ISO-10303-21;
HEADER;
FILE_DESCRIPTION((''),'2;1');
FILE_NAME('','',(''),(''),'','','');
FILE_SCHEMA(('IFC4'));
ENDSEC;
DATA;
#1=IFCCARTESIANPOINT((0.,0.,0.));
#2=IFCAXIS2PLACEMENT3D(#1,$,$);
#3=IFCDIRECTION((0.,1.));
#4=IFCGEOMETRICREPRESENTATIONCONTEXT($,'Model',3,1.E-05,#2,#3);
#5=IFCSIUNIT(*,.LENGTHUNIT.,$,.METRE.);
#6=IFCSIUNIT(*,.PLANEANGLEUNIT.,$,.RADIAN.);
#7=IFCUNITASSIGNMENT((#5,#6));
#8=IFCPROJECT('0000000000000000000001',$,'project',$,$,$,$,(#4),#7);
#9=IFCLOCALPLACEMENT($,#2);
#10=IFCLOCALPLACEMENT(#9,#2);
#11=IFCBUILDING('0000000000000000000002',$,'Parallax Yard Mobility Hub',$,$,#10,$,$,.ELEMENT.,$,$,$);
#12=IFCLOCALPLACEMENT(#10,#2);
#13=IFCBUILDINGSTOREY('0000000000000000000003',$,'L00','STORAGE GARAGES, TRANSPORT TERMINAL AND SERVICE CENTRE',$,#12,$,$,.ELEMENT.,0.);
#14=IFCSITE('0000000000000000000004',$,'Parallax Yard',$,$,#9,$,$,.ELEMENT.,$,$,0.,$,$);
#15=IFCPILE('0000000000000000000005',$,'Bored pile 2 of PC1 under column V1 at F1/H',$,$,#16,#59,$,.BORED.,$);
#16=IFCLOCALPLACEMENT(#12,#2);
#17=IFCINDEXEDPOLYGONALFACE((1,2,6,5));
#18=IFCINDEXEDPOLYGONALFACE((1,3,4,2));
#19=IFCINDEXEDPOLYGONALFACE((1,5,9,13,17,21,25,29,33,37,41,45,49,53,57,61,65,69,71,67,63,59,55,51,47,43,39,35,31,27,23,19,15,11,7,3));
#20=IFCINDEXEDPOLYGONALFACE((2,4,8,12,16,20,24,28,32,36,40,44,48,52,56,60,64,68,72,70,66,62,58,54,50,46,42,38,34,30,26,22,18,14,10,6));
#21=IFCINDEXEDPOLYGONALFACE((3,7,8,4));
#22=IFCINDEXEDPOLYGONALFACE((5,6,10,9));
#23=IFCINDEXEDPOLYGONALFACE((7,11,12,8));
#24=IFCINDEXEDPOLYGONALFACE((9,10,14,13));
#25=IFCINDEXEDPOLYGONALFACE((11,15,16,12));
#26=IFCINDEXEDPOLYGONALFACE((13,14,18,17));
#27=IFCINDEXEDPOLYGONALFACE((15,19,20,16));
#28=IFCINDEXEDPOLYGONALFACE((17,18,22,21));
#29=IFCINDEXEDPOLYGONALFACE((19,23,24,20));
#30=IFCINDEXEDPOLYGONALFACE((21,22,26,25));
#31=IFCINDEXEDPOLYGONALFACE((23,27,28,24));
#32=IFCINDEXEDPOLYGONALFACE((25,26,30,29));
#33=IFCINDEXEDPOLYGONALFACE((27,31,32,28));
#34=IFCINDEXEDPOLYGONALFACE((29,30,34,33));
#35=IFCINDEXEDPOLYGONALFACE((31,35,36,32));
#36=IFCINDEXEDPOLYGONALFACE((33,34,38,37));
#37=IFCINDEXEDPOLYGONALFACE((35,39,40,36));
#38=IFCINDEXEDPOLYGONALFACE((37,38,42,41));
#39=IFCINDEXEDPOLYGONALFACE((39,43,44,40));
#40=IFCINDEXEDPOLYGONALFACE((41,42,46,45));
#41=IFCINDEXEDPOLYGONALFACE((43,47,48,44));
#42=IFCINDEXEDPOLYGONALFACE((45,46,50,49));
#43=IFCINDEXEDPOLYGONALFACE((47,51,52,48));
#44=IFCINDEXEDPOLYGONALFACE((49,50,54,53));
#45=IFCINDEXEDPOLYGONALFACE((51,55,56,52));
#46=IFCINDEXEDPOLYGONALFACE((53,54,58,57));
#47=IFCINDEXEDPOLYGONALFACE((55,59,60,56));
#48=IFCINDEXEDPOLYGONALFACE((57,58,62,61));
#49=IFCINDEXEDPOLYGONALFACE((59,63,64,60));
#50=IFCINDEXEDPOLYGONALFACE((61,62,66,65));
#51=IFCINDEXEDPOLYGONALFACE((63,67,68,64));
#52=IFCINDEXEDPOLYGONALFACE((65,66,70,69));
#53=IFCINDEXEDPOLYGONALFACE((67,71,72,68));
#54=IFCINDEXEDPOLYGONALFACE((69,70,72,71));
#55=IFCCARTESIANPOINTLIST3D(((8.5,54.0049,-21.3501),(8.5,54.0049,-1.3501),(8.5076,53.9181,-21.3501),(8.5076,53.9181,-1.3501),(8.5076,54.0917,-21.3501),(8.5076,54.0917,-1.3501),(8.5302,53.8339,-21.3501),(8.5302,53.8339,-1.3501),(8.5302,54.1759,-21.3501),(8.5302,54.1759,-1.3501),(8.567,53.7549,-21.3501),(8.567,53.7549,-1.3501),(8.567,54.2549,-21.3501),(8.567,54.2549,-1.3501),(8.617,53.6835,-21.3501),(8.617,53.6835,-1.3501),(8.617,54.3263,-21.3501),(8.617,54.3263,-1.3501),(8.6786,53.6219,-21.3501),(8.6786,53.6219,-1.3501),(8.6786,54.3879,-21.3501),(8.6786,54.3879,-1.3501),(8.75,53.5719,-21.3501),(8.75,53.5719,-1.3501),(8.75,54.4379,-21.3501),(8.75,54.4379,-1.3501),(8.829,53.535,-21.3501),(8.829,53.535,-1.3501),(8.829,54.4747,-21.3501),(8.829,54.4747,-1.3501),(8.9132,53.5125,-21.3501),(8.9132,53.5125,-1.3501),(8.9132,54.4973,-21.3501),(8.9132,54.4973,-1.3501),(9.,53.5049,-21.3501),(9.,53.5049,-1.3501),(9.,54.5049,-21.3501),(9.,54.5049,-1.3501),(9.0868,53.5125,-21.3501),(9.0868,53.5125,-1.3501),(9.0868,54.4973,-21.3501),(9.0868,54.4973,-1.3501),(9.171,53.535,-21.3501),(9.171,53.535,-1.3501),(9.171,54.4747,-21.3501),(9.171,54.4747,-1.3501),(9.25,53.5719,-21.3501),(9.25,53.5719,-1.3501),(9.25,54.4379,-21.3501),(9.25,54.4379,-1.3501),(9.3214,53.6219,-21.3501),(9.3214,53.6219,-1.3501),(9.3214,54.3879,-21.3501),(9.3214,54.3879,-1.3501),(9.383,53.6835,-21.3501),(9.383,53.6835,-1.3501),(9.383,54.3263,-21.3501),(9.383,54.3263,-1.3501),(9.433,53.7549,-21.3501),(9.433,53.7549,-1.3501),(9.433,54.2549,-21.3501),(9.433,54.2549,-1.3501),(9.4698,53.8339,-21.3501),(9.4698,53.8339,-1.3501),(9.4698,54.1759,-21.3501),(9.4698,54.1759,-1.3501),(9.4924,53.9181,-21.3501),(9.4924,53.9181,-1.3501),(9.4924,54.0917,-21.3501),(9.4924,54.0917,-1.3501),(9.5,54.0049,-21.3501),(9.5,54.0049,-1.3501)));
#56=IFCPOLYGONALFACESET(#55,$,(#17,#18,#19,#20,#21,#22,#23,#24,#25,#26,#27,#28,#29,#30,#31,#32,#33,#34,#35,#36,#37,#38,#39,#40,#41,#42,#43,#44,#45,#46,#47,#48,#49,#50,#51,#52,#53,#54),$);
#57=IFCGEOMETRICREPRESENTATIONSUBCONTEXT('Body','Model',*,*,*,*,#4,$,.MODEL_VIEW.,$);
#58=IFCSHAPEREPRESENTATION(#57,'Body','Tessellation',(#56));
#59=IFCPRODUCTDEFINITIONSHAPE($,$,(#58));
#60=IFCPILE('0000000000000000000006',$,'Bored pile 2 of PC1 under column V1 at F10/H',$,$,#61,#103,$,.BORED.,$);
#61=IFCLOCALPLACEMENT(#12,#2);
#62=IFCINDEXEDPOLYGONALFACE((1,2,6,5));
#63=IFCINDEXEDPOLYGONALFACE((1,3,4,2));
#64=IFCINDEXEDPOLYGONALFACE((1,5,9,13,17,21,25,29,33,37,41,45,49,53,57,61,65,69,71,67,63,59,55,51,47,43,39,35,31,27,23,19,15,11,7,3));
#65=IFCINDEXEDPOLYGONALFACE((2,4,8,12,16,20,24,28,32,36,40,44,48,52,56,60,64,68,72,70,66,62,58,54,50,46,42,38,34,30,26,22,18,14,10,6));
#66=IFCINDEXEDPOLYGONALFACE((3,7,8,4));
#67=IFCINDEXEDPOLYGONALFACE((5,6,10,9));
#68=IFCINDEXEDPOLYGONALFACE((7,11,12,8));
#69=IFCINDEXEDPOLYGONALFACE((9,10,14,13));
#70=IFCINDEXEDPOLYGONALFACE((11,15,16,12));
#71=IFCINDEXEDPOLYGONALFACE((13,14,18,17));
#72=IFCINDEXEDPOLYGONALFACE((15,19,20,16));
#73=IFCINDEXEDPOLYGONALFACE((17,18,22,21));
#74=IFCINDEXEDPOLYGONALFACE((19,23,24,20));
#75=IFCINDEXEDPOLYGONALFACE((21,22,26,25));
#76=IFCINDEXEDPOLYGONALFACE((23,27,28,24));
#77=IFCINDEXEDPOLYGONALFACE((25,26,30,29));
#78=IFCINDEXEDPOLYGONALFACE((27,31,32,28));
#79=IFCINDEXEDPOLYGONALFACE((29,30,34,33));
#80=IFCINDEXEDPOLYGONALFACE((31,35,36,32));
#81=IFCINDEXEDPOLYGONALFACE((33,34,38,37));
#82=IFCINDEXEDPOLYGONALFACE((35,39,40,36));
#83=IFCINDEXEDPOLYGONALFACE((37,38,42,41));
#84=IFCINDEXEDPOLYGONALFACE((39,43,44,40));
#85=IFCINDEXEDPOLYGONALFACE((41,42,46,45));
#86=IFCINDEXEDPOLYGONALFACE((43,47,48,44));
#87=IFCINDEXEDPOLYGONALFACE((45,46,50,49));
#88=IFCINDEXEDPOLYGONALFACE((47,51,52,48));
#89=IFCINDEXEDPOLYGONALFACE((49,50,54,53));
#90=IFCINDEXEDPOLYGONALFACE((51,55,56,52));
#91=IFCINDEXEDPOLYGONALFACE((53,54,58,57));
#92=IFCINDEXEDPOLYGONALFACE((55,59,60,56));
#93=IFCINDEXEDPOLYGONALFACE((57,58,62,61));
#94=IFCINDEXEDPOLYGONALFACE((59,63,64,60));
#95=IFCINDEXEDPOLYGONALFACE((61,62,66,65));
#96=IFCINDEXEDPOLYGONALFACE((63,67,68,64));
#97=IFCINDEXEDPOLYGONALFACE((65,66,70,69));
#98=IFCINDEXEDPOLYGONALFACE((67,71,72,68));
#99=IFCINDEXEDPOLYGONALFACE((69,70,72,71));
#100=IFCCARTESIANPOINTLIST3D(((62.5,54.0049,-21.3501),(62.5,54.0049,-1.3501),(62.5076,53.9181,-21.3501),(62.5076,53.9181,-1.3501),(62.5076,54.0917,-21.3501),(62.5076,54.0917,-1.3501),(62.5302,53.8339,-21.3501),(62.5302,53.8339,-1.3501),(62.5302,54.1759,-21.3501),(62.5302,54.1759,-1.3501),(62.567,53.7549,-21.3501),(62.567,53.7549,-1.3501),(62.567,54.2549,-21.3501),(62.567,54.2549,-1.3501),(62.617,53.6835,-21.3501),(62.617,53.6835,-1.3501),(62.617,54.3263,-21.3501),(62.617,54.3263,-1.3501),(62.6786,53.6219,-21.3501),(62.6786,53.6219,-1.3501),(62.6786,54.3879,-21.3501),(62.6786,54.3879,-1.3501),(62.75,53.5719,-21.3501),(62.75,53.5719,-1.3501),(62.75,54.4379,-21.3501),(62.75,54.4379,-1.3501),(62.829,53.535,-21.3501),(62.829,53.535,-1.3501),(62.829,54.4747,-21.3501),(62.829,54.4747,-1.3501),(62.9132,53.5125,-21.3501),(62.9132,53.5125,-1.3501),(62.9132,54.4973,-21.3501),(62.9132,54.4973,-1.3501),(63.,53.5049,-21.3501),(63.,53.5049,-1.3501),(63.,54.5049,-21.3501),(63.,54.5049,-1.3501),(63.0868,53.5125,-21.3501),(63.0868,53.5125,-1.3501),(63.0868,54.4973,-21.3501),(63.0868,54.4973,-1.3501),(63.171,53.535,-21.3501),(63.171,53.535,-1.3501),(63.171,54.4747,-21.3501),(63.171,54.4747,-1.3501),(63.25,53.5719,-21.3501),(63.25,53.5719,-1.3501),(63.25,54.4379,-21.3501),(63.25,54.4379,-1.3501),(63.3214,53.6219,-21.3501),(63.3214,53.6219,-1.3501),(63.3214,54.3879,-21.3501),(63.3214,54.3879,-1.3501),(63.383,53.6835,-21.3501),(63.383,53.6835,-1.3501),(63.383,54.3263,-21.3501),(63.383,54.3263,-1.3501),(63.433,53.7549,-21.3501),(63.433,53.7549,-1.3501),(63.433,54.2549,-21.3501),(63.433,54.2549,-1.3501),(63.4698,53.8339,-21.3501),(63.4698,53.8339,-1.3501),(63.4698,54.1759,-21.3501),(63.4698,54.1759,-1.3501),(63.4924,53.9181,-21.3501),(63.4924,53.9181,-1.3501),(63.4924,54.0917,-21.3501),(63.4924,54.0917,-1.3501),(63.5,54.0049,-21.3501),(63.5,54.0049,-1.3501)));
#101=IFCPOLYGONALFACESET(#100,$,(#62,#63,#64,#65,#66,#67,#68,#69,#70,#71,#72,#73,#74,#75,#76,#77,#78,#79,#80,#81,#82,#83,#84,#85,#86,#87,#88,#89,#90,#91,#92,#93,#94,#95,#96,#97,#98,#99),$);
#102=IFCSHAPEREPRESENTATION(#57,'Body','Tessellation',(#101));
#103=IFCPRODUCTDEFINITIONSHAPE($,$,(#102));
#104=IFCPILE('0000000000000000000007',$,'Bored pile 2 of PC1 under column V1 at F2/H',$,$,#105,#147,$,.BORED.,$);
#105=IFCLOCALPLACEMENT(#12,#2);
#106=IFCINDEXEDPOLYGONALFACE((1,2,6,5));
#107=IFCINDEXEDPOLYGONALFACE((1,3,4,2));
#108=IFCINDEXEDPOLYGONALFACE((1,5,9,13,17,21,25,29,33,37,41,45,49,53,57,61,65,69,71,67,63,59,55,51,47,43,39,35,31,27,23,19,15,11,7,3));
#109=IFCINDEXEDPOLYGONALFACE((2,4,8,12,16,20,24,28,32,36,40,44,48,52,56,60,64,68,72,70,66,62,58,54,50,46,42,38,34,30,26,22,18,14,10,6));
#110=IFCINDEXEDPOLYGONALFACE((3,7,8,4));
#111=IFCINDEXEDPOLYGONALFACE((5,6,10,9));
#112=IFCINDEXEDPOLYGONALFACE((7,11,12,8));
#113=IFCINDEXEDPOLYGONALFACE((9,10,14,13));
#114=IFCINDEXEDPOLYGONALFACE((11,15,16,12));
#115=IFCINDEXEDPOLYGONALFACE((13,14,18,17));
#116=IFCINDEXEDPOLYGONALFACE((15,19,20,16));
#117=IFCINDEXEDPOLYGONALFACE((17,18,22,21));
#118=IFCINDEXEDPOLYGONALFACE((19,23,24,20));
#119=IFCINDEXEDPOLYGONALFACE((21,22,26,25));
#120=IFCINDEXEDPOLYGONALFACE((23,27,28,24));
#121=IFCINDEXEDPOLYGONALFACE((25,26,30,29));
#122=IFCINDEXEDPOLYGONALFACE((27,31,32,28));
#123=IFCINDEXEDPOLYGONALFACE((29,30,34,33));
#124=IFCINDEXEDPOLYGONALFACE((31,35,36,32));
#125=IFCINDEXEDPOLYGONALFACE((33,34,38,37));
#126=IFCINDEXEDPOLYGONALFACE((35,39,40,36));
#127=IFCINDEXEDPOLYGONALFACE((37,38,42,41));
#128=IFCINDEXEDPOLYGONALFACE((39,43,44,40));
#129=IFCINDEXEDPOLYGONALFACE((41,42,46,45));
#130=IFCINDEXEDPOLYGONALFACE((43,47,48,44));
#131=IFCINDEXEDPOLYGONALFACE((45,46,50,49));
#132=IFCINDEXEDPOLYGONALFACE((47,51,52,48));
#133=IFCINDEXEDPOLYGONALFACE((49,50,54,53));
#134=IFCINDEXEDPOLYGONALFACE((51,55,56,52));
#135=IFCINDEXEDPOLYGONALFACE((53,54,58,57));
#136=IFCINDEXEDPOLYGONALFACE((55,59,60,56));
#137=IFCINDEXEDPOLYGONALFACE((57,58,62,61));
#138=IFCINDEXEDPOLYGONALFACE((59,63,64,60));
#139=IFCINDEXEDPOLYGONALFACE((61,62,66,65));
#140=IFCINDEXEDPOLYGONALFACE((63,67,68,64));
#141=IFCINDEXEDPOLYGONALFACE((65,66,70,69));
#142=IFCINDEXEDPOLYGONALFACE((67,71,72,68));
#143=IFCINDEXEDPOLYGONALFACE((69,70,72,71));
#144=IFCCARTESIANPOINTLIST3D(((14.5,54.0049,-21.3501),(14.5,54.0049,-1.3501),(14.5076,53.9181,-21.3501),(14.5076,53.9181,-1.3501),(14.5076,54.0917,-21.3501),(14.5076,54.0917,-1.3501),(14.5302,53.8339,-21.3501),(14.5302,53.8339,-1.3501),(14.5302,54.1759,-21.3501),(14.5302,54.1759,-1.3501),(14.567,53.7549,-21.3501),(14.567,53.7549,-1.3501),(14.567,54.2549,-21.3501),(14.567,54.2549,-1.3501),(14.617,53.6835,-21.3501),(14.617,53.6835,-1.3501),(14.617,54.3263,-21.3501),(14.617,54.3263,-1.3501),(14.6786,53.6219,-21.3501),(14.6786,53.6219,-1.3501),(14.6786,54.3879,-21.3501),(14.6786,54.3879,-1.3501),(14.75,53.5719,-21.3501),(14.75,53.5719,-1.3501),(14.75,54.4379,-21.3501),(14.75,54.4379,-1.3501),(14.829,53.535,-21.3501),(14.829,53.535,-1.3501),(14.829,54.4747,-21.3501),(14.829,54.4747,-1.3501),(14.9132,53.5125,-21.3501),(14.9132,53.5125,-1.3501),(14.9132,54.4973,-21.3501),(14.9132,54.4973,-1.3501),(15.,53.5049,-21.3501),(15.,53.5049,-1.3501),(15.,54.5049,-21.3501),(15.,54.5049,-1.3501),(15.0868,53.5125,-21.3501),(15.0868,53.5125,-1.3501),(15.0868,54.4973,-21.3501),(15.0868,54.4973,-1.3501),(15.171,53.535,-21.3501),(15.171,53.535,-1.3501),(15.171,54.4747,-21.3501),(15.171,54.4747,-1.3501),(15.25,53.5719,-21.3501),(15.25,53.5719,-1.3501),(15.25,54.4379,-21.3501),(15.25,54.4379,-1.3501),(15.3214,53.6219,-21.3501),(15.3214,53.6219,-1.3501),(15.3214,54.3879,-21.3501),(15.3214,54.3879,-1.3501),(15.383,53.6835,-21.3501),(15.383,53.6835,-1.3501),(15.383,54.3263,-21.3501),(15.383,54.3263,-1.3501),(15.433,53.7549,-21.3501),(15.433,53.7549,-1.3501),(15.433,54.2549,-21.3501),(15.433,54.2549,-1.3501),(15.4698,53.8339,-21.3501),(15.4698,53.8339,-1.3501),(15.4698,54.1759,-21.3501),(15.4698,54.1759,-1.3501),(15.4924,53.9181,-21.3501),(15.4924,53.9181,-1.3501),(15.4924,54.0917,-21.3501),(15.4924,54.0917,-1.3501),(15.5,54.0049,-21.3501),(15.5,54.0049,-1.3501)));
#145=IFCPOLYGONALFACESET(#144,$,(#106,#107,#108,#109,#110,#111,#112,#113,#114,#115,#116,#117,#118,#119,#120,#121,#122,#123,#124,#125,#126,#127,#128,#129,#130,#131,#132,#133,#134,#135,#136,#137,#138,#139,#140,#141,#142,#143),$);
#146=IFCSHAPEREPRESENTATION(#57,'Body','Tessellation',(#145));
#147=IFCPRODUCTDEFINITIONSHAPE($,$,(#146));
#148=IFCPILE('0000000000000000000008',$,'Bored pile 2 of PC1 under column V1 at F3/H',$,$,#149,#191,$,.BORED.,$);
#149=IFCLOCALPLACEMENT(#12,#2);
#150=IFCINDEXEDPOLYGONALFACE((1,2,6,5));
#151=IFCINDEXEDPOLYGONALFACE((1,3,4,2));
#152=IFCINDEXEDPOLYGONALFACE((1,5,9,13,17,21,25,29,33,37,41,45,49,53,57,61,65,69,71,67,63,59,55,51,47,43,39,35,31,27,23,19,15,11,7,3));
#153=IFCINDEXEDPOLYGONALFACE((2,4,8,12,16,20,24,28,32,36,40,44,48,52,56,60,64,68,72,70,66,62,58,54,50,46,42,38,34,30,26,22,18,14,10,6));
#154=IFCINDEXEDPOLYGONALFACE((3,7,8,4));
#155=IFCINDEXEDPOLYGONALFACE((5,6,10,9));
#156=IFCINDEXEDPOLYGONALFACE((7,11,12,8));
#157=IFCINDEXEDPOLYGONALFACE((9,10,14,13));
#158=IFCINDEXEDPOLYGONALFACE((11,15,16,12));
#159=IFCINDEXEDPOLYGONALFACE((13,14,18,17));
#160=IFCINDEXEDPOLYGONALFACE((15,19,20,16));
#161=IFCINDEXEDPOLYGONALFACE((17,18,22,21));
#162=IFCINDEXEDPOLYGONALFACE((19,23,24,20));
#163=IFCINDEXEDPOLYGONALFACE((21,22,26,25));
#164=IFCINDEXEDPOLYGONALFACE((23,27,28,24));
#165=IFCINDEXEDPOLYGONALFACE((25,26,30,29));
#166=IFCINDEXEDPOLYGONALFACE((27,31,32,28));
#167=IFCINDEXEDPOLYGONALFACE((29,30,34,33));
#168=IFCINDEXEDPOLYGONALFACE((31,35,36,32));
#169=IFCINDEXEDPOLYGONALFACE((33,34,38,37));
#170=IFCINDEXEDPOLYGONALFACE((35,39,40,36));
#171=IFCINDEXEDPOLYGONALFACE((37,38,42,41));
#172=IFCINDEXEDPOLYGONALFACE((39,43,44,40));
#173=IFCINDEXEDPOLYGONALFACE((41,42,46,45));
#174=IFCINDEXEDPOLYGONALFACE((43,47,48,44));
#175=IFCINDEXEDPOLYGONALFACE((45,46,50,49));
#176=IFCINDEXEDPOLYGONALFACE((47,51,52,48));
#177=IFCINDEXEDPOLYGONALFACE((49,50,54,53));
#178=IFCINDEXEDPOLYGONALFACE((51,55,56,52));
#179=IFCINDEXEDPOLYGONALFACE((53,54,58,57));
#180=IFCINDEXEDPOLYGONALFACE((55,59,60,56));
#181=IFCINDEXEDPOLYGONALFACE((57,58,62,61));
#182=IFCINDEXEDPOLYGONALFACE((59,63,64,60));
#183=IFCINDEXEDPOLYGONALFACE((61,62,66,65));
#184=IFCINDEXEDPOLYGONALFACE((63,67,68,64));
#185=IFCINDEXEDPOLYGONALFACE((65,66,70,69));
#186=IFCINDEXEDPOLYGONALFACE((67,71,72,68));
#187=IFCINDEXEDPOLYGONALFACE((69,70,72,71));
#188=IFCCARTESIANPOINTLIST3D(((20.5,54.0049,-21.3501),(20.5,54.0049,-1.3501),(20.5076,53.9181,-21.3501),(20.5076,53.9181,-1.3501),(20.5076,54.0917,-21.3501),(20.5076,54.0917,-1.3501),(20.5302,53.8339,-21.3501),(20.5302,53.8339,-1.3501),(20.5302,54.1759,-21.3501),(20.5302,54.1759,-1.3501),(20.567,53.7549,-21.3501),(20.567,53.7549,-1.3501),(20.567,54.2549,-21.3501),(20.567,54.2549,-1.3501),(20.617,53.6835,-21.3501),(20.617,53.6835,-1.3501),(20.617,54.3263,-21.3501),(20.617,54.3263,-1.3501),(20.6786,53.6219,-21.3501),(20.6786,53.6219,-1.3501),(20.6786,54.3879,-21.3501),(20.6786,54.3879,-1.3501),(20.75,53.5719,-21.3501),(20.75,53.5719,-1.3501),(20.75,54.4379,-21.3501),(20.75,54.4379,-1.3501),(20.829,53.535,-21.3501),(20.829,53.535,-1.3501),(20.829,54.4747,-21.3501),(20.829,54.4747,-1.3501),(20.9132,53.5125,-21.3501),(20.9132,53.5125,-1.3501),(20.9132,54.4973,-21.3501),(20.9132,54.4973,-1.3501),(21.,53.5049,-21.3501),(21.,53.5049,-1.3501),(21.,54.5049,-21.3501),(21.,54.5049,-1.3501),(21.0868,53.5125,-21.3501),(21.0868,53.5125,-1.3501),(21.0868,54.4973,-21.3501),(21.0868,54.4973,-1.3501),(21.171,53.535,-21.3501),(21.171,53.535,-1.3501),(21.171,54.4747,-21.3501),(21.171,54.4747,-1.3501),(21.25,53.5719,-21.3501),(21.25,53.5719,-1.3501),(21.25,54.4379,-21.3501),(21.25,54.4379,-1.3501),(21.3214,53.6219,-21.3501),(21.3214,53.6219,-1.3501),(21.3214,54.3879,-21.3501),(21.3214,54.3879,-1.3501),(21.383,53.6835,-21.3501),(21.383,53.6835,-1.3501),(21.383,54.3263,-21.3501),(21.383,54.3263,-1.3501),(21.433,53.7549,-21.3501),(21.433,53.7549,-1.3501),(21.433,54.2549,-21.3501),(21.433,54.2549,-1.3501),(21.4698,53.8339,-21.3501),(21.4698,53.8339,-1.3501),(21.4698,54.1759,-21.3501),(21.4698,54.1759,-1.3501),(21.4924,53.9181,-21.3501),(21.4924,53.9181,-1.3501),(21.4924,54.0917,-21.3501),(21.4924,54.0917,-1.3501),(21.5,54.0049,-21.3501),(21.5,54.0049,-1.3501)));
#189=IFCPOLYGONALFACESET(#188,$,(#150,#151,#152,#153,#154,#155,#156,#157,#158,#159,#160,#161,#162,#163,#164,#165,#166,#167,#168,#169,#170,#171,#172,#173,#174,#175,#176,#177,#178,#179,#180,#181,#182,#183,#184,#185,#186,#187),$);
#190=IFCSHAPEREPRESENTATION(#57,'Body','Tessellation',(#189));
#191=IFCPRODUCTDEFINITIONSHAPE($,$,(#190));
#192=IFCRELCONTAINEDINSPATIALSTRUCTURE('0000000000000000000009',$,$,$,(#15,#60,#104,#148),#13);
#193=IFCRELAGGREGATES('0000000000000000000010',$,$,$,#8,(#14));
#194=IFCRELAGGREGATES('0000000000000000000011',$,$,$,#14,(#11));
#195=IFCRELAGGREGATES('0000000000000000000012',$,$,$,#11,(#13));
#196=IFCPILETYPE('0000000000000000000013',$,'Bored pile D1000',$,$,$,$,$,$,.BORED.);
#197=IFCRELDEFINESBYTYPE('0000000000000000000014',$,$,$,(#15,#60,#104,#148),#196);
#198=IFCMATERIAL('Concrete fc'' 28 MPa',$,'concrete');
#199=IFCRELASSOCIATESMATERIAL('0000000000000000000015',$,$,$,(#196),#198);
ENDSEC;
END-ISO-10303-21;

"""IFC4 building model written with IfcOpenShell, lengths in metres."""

from ifc_helpers import new_model, si_unit, direction, frame, origin, origin_2d, place, context, subcontext, project, spatial, circle, extrude, material, material_profile, profile_set, type_object, element, save


model = new_model("IFC4")

# Units and contexts
model_context = context("Model", 3, precision=1e-05, world=origin(), true_north=direction((0.0, 1.0)))
body_context = subcontext(model_context, "Body", "Model", "MODEL_VIEW")
ifc_project = project(units=[si_unit("LENGTHUNIT", "METRE"), si_unit("PLANEANGLEUNIT", "RADIAN")], contexts=[model_context])

# Site, building, storey
site_placement = place(None, origin())
site = spatial("IfcSite", under=ifc_project, at=site_placement, Name="Parallax Yard", CompositionType="ELEMENT", RefElevation=0.0)
building_placement = place(site_placement, origin())
building = spatial("IfcBuilding", under=site, at=building_placement, Name="Parallax Yard Mobility Hub", CompositionType="ELEMENT")
storey_placement = place(building_placement, origin())
storey = spatial("IfcBuildingStorey", under=building, at=storey_placement, Name="L00", Description="STORAGE GARAGES, TRANSPORT TERMINAL AND SERVICE CENTRE", CompositionType="ELEMENT", Elevation=0.0)

# Piles
ifc_material_1 = material(Name="Concrete fc' 28 MPa", Category="concrete")
ifc_material_profile_1 = material_profile(ifc_material_1, circle(Radius=0.5, at=origin_2d()), Name="Bored pile D1000")
ifc_profile_set_1 = profile_set([ifc_material_profile_1], Name="Concrete fc' 28 MPa")
pile_type = type_object("IfcPileType", Name="Bored pile D1000", PredefinedType="BORED", material=ifc_profile_set_1)
for number, where, z_axis, x_axis, name in (
    (1, (9.0, 54.0049, -1.3501), (0.0, 0.0, -1.0), (1.0, 0.0, 0.0), "Bored pile 2 of PC1 under column V1 at F1/H"),
    (2, (63.0, 54.0049, -1.3501), (0.0, 0.0, -1.0), (1.0, 0.0, 0.0), "Bored pile 2 of PC1 under column V1 at F10/H"),
    (3, (15.0, 54.0049, -1.3501), (0.0, 0.0, -1.0), (1.0, 0.0, 0.0), "Bored pile 2 of PC1 under column V1 at F2/H"),
    (4, (21.0, 54.0049, -1.3501), (0.0, 0.0, -1.0), (1.0, 0.0, 0.0), "Bored pile 2 of PC1 under column V1 at F3/H"),
):
    element("IfcPile", number, at=place(storey_placement, frame(where, z_axis=z_axis, x_axis=x_axis)), inside=storey, type_object=pile_type, Name=name, PredefinedType="BORED", context=body_context, shape_type="SweptSolid", body=[
        extrude(circle(Radius=0.5, at=origin_2d()), origin(), (0.0, 0.0, 1.0), 20.0),
    ])

save(model, "model.ifc")
